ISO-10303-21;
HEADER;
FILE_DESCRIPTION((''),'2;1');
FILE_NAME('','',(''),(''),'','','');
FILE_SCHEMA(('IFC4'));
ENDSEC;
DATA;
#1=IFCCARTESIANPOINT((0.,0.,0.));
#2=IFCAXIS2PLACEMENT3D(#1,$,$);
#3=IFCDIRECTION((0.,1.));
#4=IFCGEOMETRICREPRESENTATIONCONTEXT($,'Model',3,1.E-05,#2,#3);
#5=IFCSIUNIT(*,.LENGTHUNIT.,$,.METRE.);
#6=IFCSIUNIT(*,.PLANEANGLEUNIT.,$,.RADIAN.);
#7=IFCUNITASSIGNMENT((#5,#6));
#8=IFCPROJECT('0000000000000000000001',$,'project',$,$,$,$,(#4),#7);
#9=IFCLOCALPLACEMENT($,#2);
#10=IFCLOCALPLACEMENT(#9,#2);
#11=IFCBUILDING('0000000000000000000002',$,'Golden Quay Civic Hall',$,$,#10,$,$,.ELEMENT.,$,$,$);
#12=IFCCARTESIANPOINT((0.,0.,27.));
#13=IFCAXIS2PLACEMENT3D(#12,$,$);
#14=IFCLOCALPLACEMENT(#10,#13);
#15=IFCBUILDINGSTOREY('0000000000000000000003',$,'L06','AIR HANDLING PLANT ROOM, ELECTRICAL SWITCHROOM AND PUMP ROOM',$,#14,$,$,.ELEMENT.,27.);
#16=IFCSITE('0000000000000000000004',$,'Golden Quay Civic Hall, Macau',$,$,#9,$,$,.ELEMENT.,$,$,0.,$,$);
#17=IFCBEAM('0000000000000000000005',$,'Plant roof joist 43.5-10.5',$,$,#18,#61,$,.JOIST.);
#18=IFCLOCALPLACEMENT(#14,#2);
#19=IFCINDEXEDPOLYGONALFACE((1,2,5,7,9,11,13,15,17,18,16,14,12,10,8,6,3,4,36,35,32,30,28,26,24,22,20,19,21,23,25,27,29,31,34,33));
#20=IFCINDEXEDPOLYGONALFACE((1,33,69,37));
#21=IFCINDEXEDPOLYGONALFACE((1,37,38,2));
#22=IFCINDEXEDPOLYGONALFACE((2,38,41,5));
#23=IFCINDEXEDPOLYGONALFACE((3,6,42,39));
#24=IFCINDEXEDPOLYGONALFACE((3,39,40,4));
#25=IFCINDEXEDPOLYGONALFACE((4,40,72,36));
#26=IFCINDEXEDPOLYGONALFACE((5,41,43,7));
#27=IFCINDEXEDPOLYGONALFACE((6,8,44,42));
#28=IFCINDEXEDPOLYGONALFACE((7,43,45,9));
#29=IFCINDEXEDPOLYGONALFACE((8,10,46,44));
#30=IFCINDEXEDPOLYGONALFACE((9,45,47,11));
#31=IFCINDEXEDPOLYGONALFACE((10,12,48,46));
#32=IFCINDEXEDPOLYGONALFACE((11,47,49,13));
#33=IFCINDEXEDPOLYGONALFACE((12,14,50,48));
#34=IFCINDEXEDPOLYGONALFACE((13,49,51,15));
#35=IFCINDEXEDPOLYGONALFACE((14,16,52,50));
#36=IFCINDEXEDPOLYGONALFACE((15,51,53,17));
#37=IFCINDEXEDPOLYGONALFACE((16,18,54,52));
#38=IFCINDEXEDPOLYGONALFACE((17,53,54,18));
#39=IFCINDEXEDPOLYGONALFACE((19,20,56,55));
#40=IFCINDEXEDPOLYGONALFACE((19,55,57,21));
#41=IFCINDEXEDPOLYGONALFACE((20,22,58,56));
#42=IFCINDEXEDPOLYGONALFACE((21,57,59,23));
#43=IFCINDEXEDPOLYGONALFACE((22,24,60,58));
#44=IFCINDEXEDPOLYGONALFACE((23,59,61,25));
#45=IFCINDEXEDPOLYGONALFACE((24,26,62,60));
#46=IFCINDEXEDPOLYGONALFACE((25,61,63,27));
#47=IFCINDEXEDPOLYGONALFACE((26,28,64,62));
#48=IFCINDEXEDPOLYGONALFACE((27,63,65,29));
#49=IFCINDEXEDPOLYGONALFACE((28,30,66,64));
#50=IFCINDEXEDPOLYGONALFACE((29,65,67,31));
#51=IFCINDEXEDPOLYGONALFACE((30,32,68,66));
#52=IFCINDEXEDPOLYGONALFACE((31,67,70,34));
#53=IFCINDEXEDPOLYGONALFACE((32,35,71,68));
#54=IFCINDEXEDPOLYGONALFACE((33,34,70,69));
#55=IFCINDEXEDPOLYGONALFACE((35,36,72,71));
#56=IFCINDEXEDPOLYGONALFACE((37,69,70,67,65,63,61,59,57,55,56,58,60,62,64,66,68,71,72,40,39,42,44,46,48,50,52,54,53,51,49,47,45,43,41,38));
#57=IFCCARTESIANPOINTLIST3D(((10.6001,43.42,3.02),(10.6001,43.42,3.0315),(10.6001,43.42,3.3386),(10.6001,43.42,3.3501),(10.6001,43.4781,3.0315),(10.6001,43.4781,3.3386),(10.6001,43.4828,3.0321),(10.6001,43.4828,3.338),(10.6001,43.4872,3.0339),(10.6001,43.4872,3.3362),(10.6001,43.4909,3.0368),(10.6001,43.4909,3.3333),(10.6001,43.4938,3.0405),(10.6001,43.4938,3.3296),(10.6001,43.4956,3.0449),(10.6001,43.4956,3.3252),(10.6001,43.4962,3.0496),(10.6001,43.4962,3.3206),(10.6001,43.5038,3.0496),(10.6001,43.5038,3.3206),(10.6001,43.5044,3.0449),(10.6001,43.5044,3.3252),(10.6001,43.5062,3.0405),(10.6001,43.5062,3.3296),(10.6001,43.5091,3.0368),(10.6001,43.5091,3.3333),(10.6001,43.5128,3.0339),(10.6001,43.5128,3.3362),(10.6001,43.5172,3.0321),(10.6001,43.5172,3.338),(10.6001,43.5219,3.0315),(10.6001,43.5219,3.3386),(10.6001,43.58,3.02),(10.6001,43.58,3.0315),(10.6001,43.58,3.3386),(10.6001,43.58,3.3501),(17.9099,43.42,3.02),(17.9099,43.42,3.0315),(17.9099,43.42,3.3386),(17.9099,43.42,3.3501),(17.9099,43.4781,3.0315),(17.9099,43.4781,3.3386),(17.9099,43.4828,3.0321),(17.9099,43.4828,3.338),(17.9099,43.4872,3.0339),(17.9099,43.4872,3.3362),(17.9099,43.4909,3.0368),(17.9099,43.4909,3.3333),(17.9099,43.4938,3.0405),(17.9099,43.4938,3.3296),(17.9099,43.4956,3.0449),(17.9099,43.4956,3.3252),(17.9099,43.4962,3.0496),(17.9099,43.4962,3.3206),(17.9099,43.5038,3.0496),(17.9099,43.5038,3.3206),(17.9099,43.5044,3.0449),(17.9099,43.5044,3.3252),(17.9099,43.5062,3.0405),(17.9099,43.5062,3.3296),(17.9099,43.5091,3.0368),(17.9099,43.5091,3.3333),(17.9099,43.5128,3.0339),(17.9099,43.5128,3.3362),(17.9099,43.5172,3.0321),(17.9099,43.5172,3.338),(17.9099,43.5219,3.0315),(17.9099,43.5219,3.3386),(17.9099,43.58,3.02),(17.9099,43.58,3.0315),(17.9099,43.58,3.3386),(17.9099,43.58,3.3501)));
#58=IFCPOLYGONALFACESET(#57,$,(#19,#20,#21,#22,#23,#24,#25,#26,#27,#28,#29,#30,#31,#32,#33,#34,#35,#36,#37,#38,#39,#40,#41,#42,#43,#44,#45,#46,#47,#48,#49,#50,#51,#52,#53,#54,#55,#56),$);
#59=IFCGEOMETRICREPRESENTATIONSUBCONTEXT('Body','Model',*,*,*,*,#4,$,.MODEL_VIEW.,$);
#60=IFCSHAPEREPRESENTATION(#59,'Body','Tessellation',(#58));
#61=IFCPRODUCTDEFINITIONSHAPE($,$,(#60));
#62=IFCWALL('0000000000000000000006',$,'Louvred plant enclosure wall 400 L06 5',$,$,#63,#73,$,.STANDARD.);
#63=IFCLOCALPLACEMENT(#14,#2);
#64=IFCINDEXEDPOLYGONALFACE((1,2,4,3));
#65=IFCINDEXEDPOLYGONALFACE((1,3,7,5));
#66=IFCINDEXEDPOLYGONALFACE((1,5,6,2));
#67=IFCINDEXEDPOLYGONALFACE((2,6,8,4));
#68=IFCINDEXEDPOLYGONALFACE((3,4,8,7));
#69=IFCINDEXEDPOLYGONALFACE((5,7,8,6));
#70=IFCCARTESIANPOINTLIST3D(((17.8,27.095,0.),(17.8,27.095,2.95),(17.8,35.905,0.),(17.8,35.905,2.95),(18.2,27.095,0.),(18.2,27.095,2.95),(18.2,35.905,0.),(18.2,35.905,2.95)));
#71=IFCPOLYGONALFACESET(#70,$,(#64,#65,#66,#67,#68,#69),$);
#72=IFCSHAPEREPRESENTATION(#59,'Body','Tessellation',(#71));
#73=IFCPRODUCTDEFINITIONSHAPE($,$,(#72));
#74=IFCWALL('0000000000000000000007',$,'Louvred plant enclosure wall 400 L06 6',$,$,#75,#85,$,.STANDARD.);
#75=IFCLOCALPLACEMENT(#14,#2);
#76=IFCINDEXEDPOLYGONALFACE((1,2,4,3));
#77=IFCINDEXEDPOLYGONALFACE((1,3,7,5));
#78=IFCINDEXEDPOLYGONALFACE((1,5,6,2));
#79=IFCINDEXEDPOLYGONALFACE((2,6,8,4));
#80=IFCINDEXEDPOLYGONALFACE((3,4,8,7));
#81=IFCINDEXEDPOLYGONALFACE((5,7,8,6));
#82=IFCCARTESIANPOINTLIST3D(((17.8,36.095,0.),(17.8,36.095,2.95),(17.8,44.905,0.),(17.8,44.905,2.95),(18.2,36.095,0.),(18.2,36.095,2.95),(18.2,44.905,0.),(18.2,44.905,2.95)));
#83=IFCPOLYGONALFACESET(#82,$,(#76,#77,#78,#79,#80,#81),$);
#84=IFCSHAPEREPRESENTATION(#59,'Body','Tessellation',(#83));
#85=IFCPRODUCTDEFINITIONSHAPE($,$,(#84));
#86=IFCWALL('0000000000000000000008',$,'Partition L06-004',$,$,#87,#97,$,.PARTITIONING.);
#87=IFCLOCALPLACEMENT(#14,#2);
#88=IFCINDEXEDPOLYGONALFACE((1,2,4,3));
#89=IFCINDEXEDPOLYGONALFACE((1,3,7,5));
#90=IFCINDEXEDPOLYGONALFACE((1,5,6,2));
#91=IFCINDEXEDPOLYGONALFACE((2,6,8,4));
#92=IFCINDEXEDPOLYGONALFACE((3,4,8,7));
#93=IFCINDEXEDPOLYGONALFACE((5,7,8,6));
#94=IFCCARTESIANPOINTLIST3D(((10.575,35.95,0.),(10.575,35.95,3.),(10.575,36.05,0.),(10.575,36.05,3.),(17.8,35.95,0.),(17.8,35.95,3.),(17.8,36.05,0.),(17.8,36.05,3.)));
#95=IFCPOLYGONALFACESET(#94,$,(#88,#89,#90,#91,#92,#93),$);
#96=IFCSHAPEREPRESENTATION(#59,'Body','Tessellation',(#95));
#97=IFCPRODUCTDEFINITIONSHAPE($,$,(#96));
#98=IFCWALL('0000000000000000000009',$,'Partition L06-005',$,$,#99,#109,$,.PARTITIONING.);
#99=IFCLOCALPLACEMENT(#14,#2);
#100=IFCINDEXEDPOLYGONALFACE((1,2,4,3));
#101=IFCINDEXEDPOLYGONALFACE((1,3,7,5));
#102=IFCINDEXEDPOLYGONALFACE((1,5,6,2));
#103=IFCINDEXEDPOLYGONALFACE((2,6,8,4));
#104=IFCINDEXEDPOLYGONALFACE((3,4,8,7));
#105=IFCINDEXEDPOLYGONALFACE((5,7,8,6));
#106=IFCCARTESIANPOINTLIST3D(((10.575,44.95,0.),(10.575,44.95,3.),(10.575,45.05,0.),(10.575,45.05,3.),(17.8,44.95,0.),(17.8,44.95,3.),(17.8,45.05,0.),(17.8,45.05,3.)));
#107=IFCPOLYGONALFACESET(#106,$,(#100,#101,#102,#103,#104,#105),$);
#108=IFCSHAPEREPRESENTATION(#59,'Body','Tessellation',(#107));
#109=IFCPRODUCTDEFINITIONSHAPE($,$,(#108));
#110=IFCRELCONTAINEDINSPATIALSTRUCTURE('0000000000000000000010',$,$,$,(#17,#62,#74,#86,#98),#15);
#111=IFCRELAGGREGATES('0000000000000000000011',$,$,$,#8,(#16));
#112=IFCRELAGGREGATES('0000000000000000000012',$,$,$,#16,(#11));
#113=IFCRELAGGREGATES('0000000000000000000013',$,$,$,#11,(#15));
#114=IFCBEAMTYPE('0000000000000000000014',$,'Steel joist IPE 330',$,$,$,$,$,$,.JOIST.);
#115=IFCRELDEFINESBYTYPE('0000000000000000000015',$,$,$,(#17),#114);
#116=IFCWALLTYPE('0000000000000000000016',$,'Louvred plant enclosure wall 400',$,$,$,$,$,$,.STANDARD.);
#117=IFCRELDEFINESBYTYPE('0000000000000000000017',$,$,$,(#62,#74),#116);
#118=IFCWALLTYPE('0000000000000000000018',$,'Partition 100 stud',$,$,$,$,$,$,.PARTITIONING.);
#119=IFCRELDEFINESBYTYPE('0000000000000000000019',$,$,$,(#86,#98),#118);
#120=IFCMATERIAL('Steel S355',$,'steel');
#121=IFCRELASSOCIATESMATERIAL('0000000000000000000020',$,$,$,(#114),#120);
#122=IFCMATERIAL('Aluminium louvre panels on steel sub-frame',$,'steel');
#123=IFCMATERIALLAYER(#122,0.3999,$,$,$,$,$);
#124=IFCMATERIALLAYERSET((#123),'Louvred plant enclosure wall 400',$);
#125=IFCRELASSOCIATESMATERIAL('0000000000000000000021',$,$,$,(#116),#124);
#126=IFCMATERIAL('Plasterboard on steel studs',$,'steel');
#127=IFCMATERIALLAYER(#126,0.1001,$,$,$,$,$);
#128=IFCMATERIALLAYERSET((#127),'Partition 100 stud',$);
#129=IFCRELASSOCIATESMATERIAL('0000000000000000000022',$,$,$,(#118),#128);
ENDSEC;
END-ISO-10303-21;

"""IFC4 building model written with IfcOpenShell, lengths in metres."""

from ifc_helpers import new_model, si_unit, direction, frame, frame_2d, origin, origin_2d, place, context, subcontext, project, spatial, rectangle, i_section, extrude, material, layer, layer_set, material_profile, profile_set, type_object, element, save


model = new_model("IFC4")

# Units and contexts
model_context = context("Model", 3, precision=1e-05, world=origin(), true_north=direction((0.0, 1.0)))
body_context = subcontext(model_context, "Body", "Model", "MODEL_VIEW")
ifc_project = project(units=[si_unit("LENGTHUNIT", "METRE"), si_unit("PLANEANGLEUNIT", "RADIAN")], contexts=[model_context])

# Site, building, storey
site_placement = place(None, origin())
site = spatial("IfcSite", under=ifc_project, at=site_placement, Name="Golden Quay Civic Hall, Macau", CompositionType="ELEMENT", RefElevation=0.0)
building_placement = place(site_placement, origin())
building = spatial("IfcBuilding", under=site, at=building_placement, Name="Golden Quay Civic Hall", CompositionType="ELEMENT")
storey_placement = place(building_placement, frame((0.0, 0.0, 27.0)))
storey = spatial("IfcBuildingStorey", under=building, at=storey_placement, Name="L06", Description="AIR HANDLING PLANT ROOM, ELECTRICAL SWITCHROOM AND PUMP ROOM", CompositionType="ELEMENT", Elevation=27.0)

# Beam
ifc_material_1 = material(Name="Steel S355", Category="steel")
ifc_material_profile_1 = material_profile(ifc_material_1, i_section(OverallWidth=0.1599, OverallDepth=0.3301, WebThickness=0.0076, FlangeThickness=0.0115, FilletRadius=0.0181, at=origin_2d()), Name="IPE 330")
ifc_profile_set_1 = profile_set([ifc_material_profile_1], Name="Steel S355")
beam_type_1 = type_object("IfcBeamType", Name="Steel joist IPE 330", PredefinedType="JOIST", material=ifc_profile_set_1)
for number, where, z_axis, x_axis, name in (
    (1, (10.6001, 43.5, 3.1851), (1.0, 0.0, 0.0), (0.0, 1.0, 0.0), "Plant roof joist 43.5-10.5"),
):
    element("IfcBeam", number, at=place(storey_placement, frame(where, z_axis=z_axis, x_axis=x_axis)), inside=storey, type_object=beam_type_1, Name=name, PredefinedType="JOIST", context=body_context, shape_type="SweptSolid", body=[
        extrude(i_section(OverallWidth=0.1599, OverallDepth=0.3301, WebThickness=0.0076, FlangeThickness=0.0115, FilletRadius=0.0181, at=origin_2d()), origin(), (0.0, 0.0, 1.0), 7.3098),
    ])

# Walls
ifc_material_2 = material(Name="Aluminium louvre panels on steel sub-frame", Category="steel")
ifc_layer_1 = layer(ifc_material_2, 0.3999)
ifc_layer_set_1 = layer_set([ifc_layer_1], Name="Louvred plant enclosure wall 400")
wall_type_1 = type_object("IfcWallType", Name="Louvred plant enclosure wall 400", PredefinedType="STANDARD", material=ifc_layer_set_1)
for number, where, z_axis, x_axis, name in (
    (2, (18.0, 35.905, 0.0), (0.0, 0.0, 1.0), (0.0, -1.0, 0.0), "Louvred plant enclosure wall 400 L06 5"),
    (3, (18.0, 44.905, 0.0), (0.0, 0.0, 1.0), (0.0, -1.0, 0.0), "Louvred plant enclosure wall 400 L06 6"),
):
    element("IfcWall", number, at=place(storey_placement, frame(where, z_axis=z_axis, x_axis=x_axis)), inside=storey, type_object=wall_type_1, Name=name, PredefinedType="STANDARD", context=body_context, shape_type="SweptSolid", body=[
        extrude(rectangle(XDim=8.8101, YDim=0.3999, at=frame_2d((4.405, 0.0))), origin(), (0.0, 0.0, 1.0), 2.95),
    ])
ifc_material_3 = material(Name="Plasterboard on steel studs", Category="steel")
ifc_layer_2 = layer(ifc_material_3, 0.1001)
ifc_layer_set_2 = layer_set([ifc_layer_2], Name="Partition 100 stud")
wall_type_2 = type_object("IfcWallType", Name="Partition 100 stud", PredefinedType="PARTITIONING", material=ifc_layer_set_2)
for number, where, z_axis, x_axis, name in (
    (4, (10.575, 36.0, 0.0), (0.0, 0.0, 1.0), (1.0, 0.0, 0.0), "Partition L06-004"),
    (5, (10.575, 45.0, 0.0), (0.0, 0.0, 1.0), (1.0, 0.0, 0.0), "Partition L06-005"),
):
    element("IfcWall", number, at=place(storey_placement, frame(where, z_axis=z_axis, x_axis=x_axis)), inside=storey, type_object=wall_type_2, Name=name, PredefinedType="PARTITIONING", context=body_context, shape_type="SweptSolid", body=[
        extrude(rectangle(XDim=7.2251, YDim=0.1001, at=frame_2d((3.6125, 0.0))), origin(), (0.0, 0.0, 1.0), 3.0),
    ])

save(model, "model.ifc")
